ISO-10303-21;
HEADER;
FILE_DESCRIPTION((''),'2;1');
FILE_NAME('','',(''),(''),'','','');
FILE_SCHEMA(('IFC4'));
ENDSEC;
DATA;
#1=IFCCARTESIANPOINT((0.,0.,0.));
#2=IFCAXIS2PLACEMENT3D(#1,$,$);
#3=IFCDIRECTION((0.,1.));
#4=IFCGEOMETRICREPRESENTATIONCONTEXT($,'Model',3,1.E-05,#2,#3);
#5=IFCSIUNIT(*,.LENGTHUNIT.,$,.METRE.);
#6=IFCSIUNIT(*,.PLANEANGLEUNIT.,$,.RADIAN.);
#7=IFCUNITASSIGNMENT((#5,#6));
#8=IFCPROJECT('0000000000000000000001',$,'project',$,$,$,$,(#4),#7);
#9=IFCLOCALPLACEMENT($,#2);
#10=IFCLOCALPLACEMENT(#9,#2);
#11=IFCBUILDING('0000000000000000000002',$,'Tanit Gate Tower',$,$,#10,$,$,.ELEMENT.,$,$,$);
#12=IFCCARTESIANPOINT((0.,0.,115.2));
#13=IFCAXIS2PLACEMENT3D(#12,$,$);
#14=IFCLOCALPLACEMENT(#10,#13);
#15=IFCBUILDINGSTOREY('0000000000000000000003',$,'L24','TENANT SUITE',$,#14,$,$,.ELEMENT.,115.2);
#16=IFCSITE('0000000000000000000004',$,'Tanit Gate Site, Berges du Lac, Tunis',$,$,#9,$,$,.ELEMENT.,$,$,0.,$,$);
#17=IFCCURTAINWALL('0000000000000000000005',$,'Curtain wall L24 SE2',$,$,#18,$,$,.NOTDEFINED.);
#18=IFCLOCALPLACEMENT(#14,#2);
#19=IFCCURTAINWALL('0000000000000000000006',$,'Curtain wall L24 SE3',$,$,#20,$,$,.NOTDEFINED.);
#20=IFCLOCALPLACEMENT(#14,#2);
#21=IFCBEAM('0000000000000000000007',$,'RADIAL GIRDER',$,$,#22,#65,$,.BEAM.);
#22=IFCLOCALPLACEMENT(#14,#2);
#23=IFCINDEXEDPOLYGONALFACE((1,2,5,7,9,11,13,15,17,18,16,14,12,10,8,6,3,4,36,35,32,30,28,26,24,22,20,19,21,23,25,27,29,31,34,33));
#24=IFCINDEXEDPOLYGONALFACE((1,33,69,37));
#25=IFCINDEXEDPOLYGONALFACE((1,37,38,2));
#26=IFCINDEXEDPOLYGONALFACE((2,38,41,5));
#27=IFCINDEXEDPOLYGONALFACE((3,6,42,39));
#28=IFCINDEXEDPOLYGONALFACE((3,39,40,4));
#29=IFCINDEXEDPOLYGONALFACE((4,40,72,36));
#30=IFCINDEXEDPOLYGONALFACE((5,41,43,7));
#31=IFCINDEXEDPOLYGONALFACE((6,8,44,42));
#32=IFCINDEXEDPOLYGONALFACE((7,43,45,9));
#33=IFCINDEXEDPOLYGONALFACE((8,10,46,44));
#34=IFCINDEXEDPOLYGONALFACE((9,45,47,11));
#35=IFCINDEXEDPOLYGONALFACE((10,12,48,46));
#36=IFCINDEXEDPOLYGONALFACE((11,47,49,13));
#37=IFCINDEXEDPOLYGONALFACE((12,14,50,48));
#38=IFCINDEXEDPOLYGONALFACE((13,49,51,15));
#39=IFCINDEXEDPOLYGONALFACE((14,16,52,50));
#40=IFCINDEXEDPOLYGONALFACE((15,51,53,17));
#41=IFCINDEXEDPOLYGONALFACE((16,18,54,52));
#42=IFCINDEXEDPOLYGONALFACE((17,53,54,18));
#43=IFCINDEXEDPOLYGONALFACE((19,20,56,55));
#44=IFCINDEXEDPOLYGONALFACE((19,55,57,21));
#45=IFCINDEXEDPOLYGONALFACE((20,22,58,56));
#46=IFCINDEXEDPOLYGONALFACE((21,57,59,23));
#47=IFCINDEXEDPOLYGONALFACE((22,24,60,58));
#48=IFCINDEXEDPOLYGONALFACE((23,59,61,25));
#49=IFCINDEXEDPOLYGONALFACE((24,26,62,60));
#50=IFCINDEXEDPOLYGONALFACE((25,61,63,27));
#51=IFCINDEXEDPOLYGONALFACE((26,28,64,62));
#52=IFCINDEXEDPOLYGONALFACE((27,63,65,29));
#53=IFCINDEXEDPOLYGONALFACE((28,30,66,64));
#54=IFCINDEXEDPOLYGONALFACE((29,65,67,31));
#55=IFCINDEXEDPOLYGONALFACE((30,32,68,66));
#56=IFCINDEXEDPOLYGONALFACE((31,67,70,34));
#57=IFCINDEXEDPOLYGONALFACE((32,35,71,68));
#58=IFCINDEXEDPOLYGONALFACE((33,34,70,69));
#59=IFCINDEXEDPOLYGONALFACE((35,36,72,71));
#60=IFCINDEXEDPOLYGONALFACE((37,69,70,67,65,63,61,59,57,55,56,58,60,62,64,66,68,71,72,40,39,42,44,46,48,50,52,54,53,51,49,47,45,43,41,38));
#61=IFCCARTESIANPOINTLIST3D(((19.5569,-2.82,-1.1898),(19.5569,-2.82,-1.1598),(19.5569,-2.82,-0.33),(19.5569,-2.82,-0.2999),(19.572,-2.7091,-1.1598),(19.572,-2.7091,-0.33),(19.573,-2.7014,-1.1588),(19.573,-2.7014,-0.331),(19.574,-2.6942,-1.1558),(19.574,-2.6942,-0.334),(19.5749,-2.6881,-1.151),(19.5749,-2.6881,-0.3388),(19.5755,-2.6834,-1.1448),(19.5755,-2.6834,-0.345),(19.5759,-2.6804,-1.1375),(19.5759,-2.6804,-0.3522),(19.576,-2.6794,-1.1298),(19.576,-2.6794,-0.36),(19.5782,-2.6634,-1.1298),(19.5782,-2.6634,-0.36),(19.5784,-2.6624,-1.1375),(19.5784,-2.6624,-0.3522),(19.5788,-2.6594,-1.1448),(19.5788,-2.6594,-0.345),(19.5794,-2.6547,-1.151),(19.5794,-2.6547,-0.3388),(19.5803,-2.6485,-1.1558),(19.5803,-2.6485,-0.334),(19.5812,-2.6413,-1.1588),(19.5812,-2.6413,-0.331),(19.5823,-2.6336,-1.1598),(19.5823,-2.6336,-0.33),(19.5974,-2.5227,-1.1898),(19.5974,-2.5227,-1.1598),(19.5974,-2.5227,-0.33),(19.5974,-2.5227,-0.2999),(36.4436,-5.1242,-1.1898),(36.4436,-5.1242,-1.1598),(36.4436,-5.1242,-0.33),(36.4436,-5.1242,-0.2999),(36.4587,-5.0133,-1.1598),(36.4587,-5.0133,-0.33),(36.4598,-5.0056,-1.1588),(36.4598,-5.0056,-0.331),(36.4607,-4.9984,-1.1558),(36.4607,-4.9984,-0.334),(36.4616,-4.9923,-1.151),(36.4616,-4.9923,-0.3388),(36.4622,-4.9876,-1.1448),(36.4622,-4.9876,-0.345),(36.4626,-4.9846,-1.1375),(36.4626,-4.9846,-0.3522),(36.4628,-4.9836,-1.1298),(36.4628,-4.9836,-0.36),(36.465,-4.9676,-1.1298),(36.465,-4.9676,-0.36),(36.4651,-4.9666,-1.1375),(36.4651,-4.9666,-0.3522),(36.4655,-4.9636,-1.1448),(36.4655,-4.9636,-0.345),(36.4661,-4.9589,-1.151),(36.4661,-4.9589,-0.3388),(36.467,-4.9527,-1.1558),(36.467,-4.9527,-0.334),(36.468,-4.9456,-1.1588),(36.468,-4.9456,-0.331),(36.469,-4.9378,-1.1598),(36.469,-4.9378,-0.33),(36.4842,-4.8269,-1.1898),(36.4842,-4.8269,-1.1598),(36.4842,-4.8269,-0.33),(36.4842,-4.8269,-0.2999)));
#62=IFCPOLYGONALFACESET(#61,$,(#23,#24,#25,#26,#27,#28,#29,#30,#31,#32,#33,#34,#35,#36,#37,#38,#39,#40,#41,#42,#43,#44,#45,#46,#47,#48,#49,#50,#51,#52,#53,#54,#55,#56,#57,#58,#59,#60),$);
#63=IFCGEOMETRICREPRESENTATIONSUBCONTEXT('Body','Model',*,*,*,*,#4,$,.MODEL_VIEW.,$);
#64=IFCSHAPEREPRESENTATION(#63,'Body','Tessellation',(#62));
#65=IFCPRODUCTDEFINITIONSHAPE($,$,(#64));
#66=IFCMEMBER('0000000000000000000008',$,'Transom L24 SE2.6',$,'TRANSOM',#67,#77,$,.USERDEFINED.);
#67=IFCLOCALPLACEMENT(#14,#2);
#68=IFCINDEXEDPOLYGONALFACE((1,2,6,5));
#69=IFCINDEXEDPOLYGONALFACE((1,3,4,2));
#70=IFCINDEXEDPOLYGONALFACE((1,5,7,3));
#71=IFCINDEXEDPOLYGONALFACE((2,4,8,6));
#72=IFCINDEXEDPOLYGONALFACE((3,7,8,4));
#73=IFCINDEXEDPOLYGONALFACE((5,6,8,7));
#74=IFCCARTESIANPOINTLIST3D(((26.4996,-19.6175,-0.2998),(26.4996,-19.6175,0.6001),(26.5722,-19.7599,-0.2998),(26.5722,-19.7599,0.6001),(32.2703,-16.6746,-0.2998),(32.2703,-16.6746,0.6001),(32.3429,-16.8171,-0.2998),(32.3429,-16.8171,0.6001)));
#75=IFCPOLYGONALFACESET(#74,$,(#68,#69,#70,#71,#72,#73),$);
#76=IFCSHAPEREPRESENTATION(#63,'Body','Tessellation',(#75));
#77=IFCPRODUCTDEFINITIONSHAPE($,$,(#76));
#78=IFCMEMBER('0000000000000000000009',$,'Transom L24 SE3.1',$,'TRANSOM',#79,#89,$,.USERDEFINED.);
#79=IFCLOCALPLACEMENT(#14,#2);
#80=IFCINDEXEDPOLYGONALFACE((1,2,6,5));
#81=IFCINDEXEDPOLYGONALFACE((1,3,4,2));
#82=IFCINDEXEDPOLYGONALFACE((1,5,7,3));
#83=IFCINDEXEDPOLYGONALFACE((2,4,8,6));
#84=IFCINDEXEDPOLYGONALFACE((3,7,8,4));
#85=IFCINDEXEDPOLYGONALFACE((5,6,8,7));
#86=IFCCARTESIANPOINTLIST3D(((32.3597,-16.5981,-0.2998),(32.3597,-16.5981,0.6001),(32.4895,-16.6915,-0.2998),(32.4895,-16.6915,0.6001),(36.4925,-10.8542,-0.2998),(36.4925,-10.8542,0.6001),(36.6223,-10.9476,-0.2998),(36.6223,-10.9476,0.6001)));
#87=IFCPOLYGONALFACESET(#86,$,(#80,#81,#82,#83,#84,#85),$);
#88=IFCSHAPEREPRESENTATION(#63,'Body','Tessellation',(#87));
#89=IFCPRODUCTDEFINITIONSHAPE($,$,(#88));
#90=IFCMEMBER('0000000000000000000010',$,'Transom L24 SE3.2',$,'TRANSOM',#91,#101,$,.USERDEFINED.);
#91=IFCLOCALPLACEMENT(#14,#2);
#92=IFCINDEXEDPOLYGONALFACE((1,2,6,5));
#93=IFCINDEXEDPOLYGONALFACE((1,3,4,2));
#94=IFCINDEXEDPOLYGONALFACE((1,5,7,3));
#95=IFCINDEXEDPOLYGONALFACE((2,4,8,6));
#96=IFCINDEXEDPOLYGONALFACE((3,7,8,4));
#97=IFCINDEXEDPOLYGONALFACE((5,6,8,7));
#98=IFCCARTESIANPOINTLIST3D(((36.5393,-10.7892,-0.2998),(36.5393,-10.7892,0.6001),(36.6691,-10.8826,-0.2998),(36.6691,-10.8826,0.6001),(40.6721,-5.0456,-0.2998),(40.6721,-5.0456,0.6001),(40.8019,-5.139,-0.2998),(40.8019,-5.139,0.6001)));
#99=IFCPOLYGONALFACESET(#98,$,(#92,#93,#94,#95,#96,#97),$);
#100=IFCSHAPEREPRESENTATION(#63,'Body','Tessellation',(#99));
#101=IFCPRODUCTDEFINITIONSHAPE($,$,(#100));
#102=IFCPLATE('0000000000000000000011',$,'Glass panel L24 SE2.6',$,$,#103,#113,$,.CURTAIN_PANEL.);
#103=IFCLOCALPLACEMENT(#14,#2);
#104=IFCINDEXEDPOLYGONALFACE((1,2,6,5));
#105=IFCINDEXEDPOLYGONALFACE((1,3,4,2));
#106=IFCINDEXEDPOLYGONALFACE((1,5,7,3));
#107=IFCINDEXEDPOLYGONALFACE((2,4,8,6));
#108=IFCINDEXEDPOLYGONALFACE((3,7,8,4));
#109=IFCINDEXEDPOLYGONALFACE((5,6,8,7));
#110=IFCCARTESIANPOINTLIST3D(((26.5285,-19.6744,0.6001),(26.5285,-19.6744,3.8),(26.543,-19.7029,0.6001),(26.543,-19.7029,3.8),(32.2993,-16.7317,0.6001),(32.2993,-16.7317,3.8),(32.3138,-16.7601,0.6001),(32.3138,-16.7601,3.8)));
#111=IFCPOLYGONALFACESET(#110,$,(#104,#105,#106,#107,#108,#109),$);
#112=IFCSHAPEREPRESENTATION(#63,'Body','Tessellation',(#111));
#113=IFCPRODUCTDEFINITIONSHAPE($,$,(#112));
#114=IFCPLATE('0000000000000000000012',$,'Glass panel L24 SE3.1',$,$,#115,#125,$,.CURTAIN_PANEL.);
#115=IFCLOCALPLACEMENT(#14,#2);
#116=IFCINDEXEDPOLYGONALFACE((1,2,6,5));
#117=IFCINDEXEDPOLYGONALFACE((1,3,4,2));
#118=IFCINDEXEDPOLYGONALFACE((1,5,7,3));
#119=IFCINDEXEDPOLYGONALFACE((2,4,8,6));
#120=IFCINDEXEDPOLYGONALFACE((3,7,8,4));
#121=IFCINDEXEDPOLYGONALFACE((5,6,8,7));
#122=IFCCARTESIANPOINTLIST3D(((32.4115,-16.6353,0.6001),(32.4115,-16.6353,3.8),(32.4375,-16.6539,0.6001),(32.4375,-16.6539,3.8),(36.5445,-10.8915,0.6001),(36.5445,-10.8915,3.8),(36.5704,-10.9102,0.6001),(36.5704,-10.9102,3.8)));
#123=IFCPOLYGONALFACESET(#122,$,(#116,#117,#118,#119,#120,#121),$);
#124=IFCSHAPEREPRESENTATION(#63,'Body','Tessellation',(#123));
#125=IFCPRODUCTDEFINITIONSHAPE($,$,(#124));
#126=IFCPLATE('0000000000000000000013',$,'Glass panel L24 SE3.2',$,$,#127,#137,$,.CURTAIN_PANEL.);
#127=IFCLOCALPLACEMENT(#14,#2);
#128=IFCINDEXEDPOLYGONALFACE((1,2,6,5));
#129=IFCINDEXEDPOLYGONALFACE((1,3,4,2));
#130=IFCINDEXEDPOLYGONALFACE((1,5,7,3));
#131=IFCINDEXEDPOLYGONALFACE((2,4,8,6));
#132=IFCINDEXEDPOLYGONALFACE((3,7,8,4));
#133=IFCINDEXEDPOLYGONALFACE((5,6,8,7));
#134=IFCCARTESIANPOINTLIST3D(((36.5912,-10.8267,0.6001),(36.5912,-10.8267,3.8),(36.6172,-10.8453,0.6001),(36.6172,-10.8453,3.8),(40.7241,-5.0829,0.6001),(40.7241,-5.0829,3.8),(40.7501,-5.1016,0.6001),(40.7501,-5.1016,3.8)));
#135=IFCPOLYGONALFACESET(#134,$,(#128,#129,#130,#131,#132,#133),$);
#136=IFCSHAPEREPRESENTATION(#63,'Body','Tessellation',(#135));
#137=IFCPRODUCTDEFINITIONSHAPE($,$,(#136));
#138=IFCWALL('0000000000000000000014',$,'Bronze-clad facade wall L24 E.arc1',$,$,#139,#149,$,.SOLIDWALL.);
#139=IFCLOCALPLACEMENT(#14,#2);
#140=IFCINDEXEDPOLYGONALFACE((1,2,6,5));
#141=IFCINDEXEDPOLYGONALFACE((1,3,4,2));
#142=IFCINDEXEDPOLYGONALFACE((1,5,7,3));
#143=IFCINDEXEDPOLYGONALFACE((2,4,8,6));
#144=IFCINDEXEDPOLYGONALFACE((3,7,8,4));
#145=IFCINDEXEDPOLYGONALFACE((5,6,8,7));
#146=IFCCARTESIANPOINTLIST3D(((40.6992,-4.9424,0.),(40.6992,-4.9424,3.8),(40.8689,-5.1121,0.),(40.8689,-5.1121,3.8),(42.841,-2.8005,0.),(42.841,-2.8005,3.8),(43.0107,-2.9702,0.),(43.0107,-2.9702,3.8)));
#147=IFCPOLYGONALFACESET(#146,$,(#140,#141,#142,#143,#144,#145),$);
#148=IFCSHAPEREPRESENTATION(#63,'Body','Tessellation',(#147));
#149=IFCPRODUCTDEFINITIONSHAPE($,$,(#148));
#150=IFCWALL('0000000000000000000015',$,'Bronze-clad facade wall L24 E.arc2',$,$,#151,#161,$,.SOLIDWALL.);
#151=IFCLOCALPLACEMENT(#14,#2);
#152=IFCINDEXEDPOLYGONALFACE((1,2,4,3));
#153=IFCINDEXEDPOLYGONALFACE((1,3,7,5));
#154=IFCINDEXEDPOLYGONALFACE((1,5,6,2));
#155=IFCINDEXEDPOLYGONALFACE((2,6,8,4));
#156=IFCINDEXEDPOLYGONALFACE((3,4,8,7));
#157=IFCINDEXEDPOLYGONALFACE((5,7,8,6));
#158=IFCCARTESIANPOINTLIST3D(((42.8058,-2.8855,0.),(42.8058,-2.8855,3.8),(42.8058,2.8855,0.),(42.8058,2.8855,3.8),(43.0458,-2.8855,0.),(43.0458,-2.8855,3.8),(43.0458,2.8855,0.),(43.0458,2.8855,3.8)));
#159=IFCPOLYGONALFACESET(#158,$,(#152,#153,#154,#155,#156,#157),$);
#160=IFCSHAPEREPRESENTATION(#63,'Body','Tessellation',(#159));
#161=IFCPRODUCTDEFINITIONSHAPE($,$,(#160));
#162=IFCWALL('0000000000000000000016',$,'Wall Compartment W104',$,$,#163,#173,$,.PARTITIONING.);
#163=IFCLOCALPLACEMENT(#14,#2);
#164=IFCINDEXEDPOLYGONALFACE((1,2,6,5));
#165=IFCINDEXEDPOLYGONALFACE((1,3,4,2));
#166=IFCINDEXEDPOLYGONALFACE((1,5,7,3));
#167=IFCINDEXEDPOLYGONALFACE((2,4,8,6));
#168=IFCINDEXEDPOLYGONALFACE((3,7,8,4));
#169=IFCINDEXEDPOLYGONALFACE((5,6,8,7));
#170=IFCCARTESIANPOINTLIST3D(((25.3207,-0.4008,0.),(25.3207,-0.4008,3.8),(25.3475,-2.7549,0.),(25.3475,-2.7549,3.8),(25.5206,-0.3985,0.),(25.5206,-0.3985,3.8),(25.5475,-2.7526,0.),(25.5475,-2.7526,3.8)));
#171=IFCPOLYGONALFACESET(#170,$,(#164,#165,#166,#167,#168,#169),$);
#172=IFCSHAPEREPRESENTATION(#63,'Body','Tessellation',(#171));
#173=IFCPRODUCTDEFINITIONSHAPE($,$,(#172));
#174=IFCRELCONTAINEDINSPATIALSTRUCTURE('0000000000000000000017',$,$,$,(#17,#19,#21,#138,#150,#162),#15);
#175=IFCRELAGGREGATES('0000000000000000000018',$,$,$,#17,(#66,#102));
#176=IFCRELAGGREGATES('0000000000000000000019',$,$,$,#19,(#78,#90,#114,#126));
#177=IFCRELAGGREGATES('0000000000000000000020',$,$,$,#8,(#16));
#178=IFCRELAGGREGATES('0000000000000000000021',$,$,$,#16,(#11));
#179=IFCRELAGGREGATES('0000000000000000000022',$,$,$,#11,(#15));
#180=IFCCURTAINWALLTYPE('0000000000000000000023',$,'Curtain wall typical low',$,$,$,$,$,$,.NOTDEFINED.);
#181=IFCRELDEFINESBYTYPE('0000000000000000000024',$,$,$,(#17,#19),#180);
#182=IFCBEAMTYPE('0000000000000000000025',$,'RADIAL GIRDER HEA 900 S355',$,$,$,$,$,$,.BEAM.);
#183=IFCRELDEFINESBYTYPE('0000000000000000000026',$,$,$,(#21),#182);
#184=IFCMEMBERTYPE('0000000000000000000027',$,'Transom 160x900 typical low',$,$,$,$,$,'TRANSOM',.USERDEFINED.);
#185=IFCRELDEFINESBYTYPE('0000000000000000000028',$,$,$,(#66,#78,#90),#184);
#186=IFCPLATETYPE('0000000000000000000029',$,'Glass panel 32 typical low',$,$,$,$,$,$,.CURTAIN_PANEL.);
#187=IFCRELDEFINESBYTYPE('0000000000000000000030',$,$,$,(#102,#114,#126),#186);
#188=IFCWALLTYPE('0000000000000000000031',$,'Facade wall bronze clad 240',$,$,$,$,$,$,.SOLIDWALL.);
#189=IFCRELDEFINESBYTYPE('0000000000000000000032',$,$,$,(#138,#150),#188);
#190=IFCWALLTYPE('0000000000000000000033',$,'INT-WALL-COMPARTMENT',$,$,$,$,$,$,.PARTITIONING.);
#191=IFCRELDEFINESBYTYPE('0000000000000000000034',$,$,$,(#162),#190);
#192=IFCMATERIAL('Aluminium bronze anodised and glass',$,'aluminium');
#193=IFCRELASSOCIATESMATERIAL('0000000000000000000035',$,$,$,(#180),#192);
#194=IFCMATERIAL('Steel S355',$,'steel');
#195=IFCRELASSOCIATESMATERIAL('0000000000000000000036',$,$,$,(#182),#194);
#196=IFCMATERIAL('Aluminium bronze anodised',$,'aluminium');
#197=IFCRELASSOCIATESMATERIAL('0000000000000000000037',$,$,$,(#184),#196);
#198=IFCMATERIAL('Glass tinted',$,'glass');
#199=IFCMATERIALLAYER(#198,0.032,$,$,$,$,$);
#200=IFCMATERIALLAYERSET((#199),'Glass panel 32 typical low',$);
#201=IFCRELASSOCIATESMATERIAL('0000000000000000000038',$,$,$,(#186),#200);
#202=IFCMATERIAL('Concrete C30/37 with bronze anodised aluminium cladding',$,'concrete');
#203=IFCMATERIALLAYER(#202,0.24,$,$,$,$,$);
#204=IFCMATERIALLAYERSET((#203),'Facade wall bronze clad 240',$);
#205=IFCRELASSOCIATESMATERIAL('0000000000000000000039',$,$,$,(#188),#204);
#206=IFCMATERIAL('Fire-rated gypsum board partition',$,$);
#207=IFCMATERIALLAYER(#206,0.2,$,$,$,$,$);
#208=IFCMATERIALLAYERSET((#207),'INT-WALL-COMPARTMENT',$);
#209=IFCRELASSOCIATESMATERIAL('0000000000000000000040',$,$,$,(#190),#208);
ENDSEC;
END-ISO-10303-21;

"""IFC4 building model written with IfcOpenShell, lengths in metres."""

from ifc_helpers import new_model, si_unit, direction, frame, frame_2d, origin, origin_2d, place, context, subcontext, project, spatial, rectangle, i_section, extrude, material, layer, layer_set, material_profile, profile_set, type_object, element, aggregate, save


model = new_model("IFC4")

# Units and contexts
model_context = context("Model", 3, precision=1e-05, world=origin(), true_north=direction((0.0, 1.0)))
body_context = subcontext(model_context, "Body", "Model", "MODEL_VIEW")
ifc_project = project(units=[si_unit("LENGTHUNIT", "METRE"), si_unit("PLANEANGLEUNIT", "RADIAN")], contexts=[model_context])

# Site, building, storey
site_placement = place(None, origin())
site = spatial("IfcSite", under=ifc_project, at=site_placement, Name="Tanit Gate Site, Berges du Lac, Tunis", CompositionType="ELEMENT", RefElevation=0.0)
building_placement = place(site_placement, origin())
building = spatial("IfcBuilding", under=site, at=building_placement, Name="Tanit Gate Tower", CompositionType="ELEMENT")
storey_placement = place(building_placement, frame((0.0, 0.0, 115.2)))
storey = spatial("IfcBuildingStorey", under=building, at=storey_placement, Name="L24", Description="TENANT SUITE", CompositionType="ELEMENT", Elevation=115.2)

# Curtain wall
ifc_material_1 = material(Name="Aluminium bronze anodised and glass", Category="aluminium")
curtain_wall_type = type_object("IfcCurtainWallType", Name="Curtain wall typical low", PredefinedType="NOTDEFINED", material=ifc_material_1)
curtain_wall_1_placement = place(storey_placement, origin())
curtain_wall_1 = element("IfcCurtainWall", 1, at=curtain_wall_1_placement, inside=storey, type_object=curtain_wall_type, Name="Curtain wall L24 SE2", PredefinedType="NOTDEFINED")

# Curtain wall
curtain_wall_2_placement = place(storey_placement, origin())
curtain_wall_2 = element("IfcCurtainWall", 2, at=curtain_wall_2_placement, inside=storey, type_object=curtain_wall_type, Name="Curtain wall L24 SE3", PredefinedType="NOTDEFINED")

# Beam
ifc_material_2 = material(Name="Steel S355", Category="steel")
ifc_material_profile_1 = material_profile(ifc_material_2, i_section(OverallWidth=0.3, OverallDepth=0.8899, WebThickness=0.0161, FlangeThickness=0.03, FilletRadius=0.03, at=origin_2d()), Name="HEA 900")
ifc_profile_set_1 = profile_set([ifc_material_profile_1], Name="Steel S355")
beam_type_1 = type_object("IfcBeamType", Name="RADIAL GIRDER HEA 900 S355", PredefinedType="BEAM", material=ifc_profile_set_1)
beam_1_placement = place(storey_placement, frame((36.4639, -4.9756, -0.7449), z_axis=(-0.990819, 0.135198, 0.0), x_axis=(-0.135198, -0.990819, 0.0)))
element("IfcBeam", 3, at=beam_1_placement, inside=storey, type_object=beam_type_1, Name="RADIAL GIRDER", PredefinedType="BEAM", context=body_context, shape_type="SweptSolid", body=[
    extrude(i_section(OverallWidth=0.3, OverallDepth=0.8899, WebThickness=0.0161, FlangeThickness=0.03, FilletRadius=0.03, at=origin_2d()), origin(), (0.0, 0.0, 1.0), 17.0432),
])

# Members
ifc_material_3 = material(Name="Aluminium bronze anodised", Category="aluminium")
ifc_material_profile_2 = material_profile(ifc_material_3, rectangle(XDim=0.1599, YDim=0.8999, at=origin_2d()), Name="160x900 bronze transom")
ifc_profile_set_2 = profile_set([ifc_material_profile_2], Name="Aluminium bronze anodised")
member_type_1 = type_object("IfcMemberType", Name="Transom 160x900 typical low", ElementType="TRANSOM", PredefinedType="USERDEFINED", material=ifc_profile_set_2)
member_1_placement = place(storey_placement, frame((26.5359, -19.6887, 0.1501), z_axis=(0.890849, 0.4543, 0.0), x_axis=(-0.4543, 0.890849, 0.0)))
member_1 = element("IfcMember", 4, at=member_1_placement, type_object=member_type_1, Name="Transom L24 SE2.6", ObjectType="TRANSOM", PredefinedType="USERDEFINED", context=body_context, shape_type="SweptSolid", body=[
    extrude(rectangle(XDim=0.1599, YDim=0.8999, at=origin_2d()), origin(), (0.0, 0.0, 1.0), 6.4778),
])
member_2_placement = place(storey_placement, frame((32.4246, -16.6448, 0.1501), z_axis=(0.584045, 0.811721, 0.0), x_axis=(-0.811721, 0.584045, 0.0)))
member_2 = element("IfcMember", 5, at=member_2_placement, type_object=member_type_1, Name="Transom L24 SE3.1", ObjectType="TRANSOM", PredefinedType="USERDEFINED", context=body_context, shape_type="SweptSolid", body=[
    extrude(rectangle(XDim=0.1599, YDim=0.8999, at=origin_2d()), origin(), (0.0, 0.0, 1.0), 7.0762),
])
member_3_placement = place(storey_placement, frame((36.6042, -10.8359, 0.1501), z_axis=(0.584061, 0.81171, 0.0), x_axis=(-0.81171, 0.584061, 0.0)))
member_3 = element("IfcMember", 6, at=member_3_placement, type_object=member_type_1, Name="Transom L24 SE3.2", ObjectType="TRANSOM", PredefinedType="USERDEFINED", context=body_context, shape_type="SweptSolid", body=[
    extrude(rectangle(XDim=0.1599, YDim=0.8999, at=origin_2d()), origin(), (0.0, 0.0, 1.0), 7.0759),
])

# Plates
ifc_material_4 = material(Name="Glass tinted", Category="glass")
ifc_layer_1 = layer(ifc_material_4, 0.032)
ifc_layer_set_1 = layer_set([ifc_layer_1], Name="Glass panel 32 typical low")
plate_type = type_object("IfcPlateType", Name="Glass panel 32 typical low", PredefinedType="CURTAIN_PANEL", material=ifc_layer_set_1)
plate_1_placement = place(storey_placement, frame((29.4211, -18.2173, 0.6001), z_axis=(0.0, 0.0, 1.0), x_axis=(0.890855, 0.454288, 0.0)))
plate_1 = element("IfcPlate", 7, at=plate_1_placement, type_object=plate_type, Name="Glass panel L24 SE2.6", PredefinedType="CURTAIN_PANEL", context=body_context, shape_type="SweptSolid", body=[
    extrude(rectangle(XDim=6.4778, YDim=0.032, at=origin_2d()), origin(), (0.0, 0.0, 1.0), 3.2),
])
aggregate(curtain_wall_1, [member_1, plate_1])
plate_2_placement = place(storey_placement, frame((34.491, -13.7727, 0.6001), z_axis=(0.0, 0.0, 1.0), x_axis=(0.584063, 0.811708, 0.0)))
plate_2 = element("IfcPlate", 8, at=plate_2_placement, type_object=plate_type, Name="Glass panel L24 SE3.1", PredefinedType="CURTAIN_PANEL", context=body_context, shape_type="SweptSolid", body=[
    extrude(rectangle(XDim=7.0762, YDim=0.032, at=origin_2d()), origin(), (0.0, 0.0, 1.0), 3.2),
])
plate_3_placement = place(storey_placement, frame((38.6707, -7.9641, 0.6001), z_axis=(0.0, 0.0, 1.0), x_axis=(0.584063, 0.811708, 0.0)))
plate_3 = element("IfcPlate", 9, at=plate_3_placement, type_object=plate_type, Name="Glass panel L24 SE3.2", PredefinedType="CURTAIN_PANEL", context=body_context, shape_type="SweptSolid", body=[
    extrude(rectangle(XDim=7.0762, YDim=0.032, at=origin_2d()), origin(), (0.0, 0.0, 1.0), 3.2),
])
aggregate(curtain_wall_2, [member_2, member_3, plate_2, plate_3])

# Walls
ifc_material_5 = material(Name="Concrete C30/37 with bronze anodised aluminium cladding", Category="concrete")
ifc_layer_2 = layer(ifc_material_5, 0.24)
ifc_layer_set_2 = layer_set([ifc_layer_2], Name="Facade wall bronze clad 240")
wall_type_1 = type_object("IfcWallType", Name="Facade wall bronze clad 240", PredefinedType="SOLIDWALL", material=ifc_layer_set_2)
wall_1_placement = place(storey_placement, frame((40.7839, -5.0273, 0.0), z_axis=(0.0, 0.0, 1.0), x_axis=(0.707107, 0.707107, 0.0)))
element("IfcWall", 10, at=wall_1_placement, inside=storey, type_object=wall_type_1, Name="Bronze-clad facade wall L24 E.arc1", PredefinedType="SOLIDWALL", context=body_context, shape_type="SweptSolid", body=[
    extrude(rectangle(XDim=3.0291, YDim=0.24, at=frame_2d((1.5146, 0.0))), origin(), (0.0, 0.0, 1.0), 3.8),
])
wall_2_placement = place(storey_placement, frame((42.9258, -2.8855, 0.0), z_axis=(0.0, 0.0, 1.0), x_axis=(0.0, 1.0, 0.0)))
element("IfcWall", 11, at=wall_2_placement, inside=storey, type_object=wall_type_1, Name="Bronze-clad facade wall L24 E.arc2", PredefinedType="SOLIDWALL", context=body_context, shape_type="SweptSolid", body=[
    extrude(rectangle(XDim=5.771, YDim=0.24, at=frame_2d((2.8855, 0.0))), origin(), (0.0, 0.0, 1.0), 3.8),
])
ifc_material_6 = material(Name="Fire-rated gypsum board partition")
ifc_layer_3 = layer(ifc_material_6, 0.2)
ifc_layer_set_3 = layer_set([ifc_layer_3], Name="INT-WALL-COMPARTMENT")
wall_type_2 = type_object("IfcWallType", Name="INT-WALL-COMPARTMENT", PredefinedType="PARTITIONING", material=ifc_layer_set_3)
wall_3_placement = place(storey_placement, frame((25.4475, -2.7539, 0.0), z_axis=(0.0, 0.0, 1.0), x_axis=(-0.011408, 0.999935, 0.0)))
element("IfcWall", 12, at=wall_3_placement, inside=storey, type_object=wall_type_2, Name="Wall Compartment W104", PredefinedType="PARTITIONING", context=body_context, shape_type="SweptSolid", body=[
    extrude(rectangle(XDim=2.3542, YDim=0.2, at=frame_2d((1.1772, 0.0))), origin(), (0.0, 0.0, 1.0), 3.8),
])

save(model, "model.ifc")
